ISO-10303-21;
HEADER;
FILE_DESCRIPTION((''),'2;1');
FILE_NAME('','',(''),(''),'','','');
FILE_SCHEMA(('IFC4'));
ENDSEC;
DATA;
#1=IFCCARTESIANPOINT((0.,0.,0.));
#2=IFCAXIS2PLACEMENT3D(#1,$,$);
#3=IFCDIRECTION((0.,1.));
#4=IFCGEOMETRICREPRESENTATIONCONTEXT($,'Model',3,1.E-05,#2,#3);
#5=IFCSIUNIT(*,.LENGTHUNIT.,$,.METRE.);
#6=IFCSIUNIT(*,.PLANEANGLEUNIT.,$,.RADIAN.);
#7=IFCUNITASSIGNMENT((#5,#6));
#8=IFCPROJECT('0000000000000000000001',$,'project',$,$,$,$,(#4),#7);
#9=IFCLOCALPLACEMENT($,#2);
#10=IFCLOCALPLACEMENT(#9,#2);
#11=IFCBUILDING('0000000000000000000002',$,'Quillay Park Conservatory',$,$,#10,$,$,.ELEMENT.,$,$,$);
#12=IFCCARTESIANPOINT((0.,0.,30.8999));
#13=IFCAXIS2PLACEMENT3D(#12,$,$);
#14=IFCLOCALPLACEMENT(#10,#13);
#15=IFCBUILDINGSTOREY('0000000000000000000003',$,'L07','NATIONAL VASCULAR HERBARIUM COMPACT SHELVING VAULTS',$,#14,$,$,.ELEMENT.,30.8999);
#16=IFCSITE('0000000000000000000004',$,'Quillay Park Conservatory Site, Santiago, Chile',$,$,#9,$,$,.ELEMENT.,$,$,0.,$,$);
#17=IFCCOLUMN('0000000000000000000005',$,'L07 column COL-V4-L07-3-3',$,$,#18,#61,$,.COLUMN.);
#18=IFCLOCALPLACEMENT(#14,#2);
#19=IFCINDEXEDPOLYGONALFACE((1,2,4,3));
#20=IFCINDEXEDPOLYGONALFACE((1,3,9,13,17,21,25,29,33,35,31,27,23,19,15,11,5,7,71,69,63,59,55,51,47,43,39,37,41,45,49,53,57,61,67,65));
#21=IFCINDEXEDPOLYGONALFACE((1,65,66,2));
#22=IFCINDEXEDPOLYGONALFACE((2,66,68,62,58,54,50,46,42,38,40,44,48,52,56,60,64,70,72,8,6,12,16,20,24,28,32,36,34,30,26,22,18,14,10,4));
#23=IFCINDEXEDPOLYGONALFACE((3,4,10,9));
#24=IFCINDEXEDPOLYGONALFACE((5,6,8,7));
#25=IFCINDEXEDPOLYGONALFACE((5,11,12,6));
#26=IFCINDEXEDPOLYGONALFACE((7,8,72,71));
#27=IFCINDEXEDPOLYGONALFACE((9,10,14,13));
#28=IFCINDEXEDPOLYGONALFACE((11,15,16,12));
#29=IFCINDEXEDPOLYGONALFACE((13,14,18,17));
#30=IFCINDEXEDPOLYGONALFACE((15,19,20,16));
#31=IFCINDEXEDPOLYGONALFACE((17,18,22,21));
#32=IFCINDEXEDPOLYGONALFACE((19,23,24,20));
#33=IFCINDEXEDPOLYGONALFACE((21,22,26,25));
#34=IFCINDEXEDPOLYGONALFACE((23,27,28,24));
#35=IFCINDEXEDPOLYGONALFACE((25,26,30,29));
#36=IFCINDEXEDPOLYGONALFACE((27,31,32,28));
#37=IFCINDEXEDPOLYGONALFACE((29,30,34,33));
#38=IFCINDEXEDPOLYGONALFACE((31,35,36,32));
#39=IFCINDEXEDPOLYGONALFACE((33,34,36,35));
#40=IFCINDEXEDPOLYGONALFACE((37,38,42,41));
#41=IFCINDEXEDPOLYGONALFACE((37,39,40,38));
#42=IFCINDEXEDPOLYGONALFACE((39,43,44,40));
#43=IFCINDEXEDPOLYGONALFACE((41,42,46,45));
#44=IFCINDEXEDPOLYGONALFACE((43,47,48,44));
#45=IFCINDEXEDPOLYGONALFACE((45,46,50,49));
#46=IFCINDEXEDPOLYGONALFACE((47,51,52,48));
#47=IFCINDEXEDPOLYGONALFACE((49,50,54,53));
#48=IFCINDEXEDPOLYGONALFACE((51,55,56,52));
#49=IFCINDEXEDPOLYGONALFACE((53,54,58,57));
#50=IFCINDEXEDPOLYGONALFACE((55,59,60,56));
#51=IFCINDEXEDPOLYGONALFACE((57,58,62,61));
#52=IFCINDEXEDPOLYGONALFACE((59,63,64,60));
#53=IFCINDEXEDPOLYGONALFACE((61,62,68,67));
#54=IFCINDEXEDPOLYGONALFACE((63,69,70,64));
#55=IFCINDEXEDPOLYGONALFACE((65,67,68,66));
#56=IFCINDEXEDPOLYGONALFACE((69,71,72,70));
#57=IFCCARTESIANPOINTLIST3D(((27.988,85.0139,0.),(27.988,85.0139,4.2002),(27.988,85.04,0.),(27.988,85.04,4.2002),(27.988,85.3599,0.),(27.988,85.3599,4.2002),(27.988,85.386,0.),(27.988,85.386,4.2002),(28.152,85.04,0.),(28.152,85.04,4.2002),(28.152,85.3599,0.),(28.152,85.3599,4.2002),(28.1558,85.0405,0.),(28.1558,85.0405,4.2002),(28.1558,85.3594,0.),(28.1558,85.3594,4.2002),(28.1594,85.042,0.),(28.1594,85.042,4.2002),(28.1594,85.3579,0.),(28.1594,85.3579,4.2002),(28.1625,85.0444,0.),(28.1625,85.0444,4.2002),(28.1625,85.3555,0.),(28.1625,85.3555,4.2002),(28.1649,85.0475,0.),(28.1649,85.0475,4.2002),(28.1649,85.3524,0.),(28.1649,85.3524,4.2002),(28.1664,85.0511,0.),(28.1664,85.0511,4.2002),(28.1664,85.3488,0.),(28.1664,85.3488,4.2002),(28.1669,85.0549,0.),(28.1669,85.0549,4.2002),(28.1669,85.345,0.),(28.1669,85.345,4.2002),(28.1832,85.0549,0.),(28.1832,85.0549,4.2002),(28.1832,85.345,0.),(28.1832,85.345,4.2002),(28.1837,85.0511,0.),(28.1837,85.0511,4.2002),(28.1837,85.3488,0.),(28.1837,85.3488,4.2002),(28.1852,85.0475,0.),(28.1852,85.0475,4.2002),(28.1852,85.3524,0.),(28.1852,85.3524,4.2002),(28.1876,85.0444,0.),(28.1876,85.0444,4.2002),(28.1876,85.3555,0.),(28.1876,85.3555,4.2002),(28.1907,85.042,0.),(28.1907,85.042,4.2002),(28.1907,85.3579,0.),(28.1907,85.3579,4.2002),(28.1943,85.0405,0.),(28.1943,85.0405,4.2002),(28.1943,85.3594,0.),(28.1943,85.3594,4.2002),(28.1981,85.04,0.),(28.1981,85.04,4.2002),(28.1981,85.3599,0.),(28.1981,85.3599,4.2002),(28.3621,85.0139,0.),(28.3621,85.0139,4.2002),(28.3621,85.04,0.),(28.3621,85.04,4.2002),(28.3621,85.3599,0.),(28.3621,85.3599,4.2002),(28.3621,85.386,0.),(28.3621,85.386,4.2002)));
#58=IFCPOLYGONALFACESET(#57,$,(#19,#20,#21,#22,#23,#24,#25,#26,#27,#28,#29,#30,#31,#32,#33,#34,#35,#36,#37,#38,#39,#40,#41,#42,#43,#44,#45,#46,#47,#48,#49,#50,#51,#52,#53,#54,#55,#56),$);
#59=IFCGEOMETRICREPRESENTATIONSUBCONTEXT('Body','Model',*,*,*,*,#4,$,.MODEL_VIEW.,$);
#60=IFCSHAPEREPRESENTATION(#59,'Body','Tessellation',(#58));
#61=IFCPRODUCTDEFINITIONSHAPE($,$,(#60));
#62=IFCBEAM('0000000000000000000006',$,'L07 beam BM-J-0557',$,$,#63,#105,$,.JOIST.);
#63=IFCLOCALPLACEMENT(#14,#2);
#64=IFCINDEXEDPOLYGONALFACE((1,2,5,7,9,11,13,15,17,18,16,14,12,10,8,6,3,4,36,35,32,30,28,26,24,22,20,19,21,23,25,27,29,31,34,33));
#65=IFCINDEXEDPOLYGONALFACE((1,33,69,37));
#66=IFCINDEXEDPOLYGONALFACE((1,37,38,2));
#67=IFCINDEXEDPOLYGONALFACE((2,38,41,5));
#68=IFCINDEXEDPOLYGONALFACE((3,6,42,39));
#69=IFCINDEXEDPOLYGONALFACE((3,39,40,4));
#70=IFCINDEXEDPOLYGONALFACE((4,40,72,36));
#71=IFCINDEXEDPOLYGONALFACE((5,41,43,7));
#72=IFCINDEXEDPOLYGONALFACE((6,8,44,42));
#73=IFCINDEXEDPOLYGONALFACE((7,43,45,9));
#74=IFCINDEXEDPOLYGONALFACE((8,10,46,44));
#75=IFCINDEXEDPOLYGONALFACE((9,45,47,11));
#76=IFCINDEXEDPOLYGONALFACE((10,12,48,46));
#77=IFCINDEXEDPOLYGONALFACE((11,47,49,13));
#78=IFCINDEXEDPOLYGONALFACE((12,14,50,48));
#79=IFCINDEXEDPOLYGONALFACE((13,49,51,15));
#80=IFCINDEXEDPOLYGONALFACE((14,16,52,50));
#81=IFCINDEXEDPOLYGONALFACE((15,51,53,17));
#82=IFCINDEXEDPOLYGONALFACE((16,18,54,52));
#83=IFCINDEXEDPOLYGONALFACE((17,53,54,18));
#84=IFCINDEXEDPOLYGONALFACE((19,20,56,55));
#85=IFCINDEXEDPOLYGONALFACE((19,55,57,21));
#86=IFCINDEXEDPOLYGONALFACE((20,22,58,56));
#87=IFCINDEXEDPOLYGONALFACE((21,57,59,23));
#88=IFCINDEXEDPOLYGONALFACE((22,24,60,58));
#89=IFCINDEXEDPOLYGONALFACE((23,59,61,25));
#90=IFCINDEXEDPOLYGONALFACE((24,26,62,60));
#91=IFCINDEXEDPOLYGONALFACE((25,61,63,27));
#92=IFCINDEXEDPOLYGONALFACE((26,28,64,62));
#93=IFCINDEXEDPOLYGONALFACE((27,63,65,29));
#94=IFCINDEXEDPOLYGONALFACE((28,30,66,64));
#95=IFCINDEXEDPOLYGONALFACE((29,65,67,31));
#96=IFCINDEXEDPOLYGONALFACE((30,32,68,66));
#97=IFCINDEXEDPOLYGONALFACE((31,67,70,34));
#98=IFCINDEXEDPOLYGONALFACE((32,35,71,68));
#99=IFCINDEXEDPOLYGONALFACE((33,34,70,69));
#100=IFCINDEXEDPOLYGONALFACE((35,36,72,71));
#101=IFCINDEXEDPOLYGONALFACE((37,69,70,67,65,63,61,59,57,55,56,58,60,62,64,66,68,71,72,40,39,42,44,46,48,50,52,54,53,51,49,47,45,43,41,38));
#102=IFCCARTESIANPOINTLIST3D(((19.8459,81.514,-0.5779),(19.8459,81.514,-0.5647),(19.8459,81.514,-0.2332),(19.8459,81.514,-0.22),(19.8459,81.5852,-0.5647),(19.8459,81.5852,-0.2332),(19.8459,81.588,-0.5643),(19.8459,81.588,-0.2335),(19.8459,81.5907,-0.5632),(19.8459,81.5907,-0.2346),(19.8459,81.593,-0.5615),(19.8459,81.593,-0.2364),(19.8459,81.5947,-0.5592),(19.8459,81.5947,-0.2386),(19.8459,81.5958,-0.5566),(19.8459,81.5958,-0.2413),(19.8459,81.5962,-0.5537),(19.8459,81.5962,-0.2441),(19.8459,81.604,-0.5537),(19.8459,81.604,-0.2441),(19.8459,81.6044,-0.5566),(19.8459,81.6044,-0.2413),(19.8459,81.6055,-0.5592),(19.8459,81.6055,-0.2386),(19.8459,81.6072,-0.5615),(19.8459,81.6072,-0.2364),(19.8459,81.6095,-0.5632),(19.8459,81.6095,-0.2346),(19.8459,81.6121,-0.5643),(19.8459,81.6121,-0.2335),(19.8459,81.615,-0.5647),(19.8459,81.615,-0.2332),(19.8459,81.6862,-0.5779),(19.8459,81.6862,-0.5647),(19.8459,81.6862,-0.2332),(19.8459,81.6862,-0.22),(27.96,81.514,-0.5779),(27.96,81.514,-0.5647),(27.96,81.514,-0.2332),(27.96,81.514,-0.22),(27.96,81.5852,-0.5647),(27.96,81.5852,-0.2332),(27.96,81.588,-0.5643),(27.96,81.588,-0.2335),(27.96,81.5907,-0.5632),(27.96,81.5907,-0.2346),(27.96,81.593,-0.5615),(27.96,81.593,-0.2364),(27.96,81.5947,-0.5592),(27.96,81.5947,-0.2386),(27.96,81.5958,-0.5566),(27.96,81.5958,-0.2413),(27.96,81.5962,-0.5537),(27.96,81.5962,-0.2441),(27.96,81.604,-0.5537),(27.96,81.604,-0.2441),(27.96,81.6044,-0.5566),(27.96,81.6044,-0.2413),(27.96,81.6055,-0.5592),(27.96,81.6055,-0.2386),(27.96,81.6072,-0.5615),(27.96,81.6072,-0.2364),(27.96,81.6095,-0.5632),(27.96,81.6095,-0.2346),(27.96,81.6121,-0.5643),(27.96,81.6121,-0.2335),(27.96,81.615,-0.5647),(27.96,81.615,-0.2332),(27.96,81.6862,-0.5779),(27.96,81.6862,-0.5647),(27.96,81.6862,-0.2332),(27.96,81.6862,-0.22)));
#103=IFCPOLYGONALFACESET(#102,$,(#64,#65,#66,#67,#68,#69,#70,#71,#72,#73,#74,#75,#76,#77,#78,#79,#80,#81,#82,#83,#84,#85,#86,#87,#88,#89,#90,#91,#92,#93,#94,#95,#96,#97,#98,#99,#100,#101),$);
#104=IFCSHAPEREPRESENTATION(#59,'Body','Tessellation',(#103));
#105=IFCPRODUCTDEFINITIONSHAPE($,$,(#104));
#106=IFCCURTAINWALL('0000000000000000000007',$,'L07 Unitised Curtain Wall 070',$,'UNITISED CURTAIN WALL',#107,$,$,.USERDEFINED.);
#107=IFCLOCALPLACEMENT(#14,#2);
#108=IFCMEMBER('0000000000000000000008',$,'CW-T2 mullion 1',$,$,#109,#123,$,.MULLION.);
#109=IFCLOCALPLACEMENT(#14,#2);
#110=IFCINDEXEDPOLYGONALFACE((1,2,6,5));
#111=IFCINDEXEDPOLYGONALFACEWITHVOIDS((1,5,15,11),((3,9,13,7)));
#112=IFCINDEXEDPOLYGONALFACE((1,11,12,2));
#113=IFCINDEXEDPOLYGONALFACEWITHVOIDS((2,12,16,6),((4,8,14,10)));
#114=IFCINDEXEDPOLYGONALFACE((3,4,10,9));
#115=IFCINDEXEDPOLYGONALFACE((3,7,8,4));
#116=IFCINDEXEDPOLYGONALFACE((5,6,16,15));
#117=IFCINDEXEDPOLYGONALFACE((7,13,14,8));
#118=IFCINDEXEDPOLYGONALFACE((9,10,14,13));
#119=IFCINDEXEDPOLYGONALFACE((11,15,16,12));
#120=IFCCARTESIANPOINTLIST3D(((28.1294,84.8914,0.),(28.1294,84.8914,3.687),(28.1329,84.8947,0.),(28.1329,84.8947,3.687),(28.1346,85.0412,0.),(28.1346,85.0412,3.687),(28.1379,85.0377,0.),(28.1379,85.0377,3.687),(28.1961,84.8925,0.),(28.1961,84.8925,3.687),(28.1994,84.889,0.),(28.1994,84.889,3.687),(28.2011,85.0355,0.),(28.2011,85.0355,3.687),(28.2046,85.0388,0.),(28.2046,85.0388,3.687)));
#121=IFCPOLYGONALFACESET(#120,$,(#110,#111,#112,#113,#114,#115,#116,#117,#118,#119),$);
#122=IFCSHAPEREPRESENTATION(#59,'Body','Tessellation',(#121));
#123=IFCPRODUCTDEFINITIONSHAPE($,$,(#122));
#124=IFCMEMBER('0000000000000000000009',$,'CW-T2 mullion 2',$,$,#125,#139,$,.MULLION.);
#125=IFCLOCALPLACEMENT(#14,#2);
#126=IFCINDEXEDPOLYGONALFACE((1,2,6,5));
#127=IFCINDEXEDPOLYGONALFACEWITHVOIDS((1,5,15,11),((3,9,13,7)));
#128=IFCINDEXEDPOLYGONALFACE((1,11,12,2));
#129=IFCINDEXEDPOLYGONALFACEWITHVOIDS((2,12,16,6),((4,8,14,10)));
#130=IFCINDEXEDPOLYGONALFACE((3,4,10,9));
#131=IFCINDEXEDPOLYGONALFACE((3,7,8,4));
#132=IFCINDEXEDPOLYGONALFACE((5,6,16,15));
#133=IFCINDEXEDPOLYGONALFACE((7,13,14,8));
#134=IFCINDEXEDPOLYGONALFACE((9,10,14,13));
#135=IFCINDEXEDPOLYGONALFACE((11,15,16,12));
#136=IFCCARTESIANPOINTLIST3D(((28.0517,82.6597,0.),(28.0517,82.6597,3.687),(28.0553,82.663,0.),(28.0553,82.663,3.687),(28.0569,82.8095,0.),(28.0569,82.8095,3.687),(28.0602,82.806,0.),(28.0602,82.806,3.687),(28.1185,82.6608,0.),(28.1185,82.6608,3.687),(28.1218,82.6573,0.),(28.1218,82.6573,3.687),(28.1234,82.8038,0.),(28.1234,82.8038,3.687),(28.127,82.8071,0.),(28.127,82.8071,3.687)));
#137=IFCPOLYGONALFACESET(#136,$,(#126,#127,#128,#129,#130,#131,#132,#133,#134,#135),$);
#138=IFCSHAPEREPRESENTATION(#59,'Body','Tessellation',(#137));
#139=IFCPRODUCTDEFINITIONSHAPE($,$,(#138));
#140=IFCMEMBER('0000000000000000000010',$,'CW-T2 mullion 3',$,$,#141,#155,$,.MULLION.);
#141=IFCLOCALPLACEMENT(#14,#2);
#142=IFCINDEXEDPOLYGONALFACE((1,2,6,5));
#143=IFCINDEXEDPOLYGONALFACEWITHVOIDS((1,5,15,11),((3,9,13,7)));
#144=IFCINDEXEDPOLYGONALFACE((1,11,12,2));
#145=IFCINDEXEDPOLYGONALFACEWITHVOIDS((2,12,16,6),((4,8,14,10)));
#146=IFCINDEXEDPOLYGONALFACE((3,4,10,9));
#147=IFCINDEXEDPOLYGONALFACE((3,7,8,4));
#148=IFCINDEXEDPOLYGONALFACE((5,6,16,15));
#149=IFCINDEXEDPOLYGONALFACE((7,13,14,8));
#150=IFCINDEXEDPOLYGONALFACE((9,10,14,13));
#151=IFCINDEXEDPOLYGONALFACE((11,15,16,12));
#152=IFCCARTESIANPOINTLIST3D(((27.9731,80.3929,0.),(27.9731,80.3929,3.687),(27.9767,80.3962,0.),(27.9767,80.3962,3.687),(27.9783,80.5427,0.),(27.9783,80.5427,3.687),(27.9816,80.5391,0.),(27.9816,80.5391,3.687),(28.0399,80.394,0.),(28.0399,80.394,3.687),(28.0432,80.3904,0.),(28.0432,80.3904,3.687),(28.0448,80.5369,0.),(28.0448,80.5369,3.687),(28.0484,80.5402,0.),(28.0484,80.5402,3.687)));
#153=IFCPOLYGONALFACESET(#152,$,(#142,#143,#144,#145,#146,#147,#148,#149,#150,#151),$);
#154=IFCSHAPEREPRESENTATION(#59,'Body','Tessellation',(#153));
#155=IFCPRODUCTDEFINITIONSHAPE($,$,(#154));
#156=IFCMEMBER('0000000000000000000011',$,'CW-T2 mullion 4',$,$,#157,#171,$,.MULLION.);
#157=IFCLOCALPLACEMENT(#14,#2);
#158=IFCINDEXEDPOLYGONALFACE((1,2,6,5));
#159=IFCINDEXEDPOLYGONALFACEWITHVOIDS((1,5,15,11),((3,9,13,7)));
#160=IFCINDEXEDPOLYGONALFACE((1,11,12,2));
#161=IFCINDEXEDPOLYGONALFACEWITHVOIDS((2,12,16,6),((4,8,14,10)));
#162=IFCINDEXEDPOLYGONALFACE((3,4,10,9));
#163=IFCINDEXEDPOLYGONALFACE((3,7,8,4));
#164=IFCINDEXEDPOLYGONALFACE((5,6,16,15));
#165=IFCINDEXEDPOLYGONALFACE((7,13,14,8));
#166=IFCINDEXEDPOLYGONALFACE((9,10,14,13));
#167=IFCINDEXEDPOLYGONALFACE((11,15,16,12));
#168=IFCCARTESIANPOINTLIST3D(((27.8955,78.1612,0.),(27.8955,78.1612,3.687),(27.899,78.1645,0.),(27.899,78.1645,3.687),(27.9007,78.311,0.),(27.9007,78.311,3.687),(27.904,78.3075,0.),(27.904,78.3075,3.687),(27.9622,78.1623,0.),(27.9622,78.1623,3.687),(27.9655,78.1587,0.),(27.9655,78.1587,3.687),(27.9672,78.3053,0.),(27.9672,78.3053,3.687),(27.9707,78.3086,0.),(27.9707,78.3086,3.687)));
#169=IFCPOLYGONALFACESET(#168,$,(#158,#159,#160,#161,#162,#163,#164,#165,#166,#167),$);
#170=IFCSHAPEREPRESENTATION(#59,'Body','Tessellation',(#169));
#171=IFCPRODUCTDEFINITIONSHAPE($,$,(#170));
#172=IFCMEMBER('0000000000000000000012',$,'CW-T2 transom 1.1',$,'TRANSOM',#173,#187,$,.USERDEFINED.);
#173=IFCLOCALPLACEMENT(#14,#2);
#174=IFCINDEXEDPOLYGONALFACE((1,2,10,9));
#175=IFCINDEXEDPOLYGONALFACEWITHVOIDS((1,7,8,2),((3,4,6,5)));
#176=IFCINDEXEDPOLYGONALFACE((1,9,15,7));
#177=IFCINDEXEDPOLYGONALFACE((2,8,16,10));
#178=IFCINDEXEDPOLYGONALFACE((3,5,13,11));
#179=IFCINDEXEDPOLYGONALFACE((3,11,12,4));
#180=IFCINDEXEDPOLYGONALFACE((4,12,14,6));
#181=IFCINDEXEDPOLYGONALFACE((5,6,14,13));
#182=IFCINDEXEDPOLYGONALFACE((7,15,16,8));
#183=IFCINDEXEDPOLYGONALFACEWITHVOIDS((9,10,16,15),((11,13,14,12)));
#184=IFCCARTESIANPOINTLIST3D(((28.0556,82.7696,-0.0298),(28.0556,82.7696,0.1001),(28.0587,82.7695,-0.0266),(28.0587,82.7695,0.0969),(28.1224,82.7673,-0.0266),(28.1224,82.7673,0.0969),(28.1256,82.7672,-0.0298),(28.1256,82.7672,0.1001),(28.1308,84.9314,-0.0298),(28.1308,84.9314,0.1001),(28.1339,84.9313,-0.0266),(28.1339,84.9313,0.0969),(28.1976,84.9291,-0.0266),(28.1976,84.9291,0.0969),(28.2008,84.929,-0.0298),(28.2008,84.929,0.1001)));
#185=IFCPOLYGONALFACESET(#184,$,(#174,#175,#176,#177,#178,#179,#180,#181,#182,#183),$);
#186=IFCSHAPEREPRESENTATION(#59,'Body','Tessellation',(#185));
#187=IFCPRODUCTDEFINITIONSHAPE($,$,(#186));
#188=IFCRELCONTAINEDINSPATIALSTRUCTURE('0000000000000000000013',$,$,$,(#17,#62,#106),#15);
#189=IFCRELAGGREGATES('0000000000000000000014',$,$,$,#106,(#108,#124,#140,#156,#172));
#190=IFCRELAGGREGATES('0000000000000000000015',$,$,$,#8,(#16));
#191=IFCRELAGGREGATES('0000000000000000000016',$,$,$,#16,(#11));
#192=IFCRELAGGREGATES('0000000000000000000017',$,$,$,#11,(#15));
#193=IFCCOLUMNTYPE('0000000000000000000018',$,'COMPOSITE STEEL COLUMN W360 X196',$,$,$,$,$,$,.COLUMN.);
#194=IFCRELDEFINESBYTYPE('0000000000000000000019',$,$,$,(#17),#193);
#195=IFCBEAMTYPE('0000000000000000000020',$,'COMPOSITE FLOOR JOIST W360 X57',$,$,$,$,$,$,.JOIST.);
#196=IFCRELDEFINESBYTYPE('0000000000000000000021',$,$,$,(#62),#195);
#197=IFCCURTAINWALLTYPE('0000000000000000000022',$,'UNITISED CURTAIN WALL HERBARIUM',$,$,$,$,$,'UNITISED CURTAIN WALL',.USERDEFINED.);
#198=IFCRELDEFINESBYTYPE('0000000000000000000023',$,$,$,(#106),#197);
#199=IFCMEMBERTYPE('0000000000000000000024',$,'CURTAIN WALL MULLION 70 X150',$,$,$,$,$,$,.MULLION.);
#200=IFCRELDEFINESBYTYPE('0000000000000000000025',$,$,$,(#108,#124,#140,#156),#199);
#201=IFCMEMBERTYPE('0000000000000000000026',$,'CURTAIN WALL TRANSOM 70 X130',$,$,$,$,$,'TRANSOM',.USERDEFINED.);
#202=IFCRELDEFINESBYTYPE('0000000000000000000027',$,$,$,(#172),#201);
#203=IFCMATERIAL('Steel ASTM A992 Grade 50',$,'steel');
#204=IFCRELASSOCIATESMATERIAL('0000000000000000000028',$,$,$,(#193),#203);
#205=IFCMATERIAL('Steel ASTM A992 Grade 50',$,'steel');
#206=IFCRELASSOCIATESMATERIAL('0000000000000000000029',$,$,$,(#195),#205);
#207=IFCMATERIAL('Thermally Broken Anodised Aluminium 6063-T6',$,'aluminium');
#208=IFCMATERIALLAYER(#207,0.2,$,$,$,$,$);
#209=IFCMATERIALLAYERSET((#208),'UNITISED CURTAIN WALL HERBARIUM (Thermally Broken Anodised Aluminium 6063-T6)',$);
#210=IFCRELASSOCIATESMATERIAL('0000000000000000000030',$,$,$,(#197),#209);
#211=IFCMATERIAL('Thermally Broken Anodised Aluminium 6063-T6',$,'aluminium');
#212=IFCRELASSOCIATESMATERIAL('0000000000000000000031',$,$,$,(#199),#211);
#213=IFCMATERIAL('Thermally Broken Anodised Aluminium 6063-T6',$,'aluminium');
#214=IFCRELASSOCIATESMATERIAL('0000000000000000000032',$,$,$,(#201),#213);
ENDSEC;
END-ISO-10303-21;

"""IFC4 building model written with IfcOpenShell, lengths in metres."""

from ifc_helpers import new_model, si_unit, direction, frame, origin, origin_2d, place, context, subcontext, project, spatial, hollow_rectangle, i_section, extrude, material, layer, layer_set, material_profile, profile_set, type_object, element, aggregate, save


model = new_model("IFC4")

# Units and contexts
model_context = context("Model", 3, precision=1e-05, world=origin(), true_north=direction((0.0, 1.0)))
body_context = subcontext(model_context, "Body", "Model", "MODEL_VIEW")
ifc_project = project(units=[si_unit("LENGTHUNIT", "METRE"), si_unit("PLANEANGLEUNIT", "RADIAN")], contexts=[model_context])

# Site, building, storey
site_placement = place(None, origin())
site = spatial("IfcSite", under=ifc_project, at=site_placement, Name="Quillay Park Conservatory Site, Santiago, Chile", CompositionType="ELEMENT", RefElevation=0.0)
building_placement = place(site_placement, origin())
building = spatial("IfcBuilding", under=site, at=building_placement, Name="Quillay Park Conservatory", CompositionType="ELEMENT")
storey_placement = place(building_placement, frame((0.0, 0.0, 30.8999)))
storey = spatial("IfcBuildingStorey", under=building, at=storey_placement, Name="L07", Description="NATIONAL VASCULAR HERBARIUM COMPACT SHELVING VAULTS", CompositionType="ELEMENT", Elevation=30.8999)

# Column
ifc_material_1 = material(Name="Steel ASTM A992 Grade 50", Category="steel")
ifc_material_profile_1 = material_profile(ifc_material_1, i_section(OverallWidth=0.374, OverallDepth=0.3721, WebThickness=0.0164, FlangeThickness=0.0261, FilletRadius=0.0149, at=origin_2d()), Name="W360x196")
ifc_profile_set_1 = profile_set([ifc_material_profile_1], Name="Steel ASTM A992 Grade 50")
column_type = type_object("IfcColumnType", Name="COMPOSITE STEEL COLUMN W360 X196", PredefinedType="COLUMN", material=ifc_profile_set_1)
column_placement = place(storey_placement, frame((28.175, 85.2, 0.0), z_axis=(0.0, 0.0, 1.0), x_axis=(1.0, 0.0, 0.0)))
element("IfcColumn", 1, at=column_placement, inside=storey, type_object=column_type, Name="L07 column COL-V4-L07-3-3", PredefinedType="COLUMN", context=body_context, shape_type="SweptSolid", body=[
    extrude(i_section(OverallWidth=0.374, OverallDepth=0.3721, WebThickness=0.0164, FlangeThickness=0.0261, FilletRadius=0.0149, at=origin_2d()), origin(), (0.0, 0.0, 1.0), 4.2002),
])

# Beam
ifc_material_2 = material(Name="Steel ASTM A992 Grade 50", Category="steel")
ifc_material_profile_2 = material_profile(ifc_material_2, i_section(OverallWidth=0.1721, OverallDepth=0.3579, WebThickness=0.0078, FlangeThickness=0.0132, FilletRadius=0.011, at=origin_2d()), Name="W360x57")
ifc_profile_set_2 = profile_set([ifc_material_profile_2], Name="Steel ASTM A992 Grade 50")
beam_type_1 = type_object("IfcBeamType", Name="COMPOSITE FLOOR JOIST W360 X57", PredefinedType="JOIST", material=ifc_profile_set_2)
beam_1_placement = place(storey_placement, frame((19.8459, 81.6001, -0.3989), z_axis=(1.0, 0.0, 0.0), x_axis=(0.0, 1.0, 0.0)))
element("IfcBeam", 2, at=beam_1_placement, inside=storey, type_object=beam_type_1, Name="L07 beam BM-J-0557", PredefinedType="JOIST", context=body_context, shape_type="SweptSolid", body=[
    extrude(i_section(OverallWidth=0.1721, OverallDepth=0.3579, WebThickness=0.0078, FlangeThickness=0.0132, FilletRadius=0.011, at=origin_2d()), origin(), (0.0, 0.0, 1.0), 8.114),
])

# Curtain wall, members
ifc_material_3 = material(Name="Thermally Broken Anodised Aluminium 6063-T6", Category="aluminium")
ifc_layer_1 = layer(ifc_material_3, 0.2)
ifc_layer_set_1 = layer_set([ifc_layer_1], Name="UNITISED CURTAIN WALL HERBARIUM (Thermally Broken Anodised Aluminium 6063-T6)")
curtain_wall_type = type_object("IfcCurtainWallType", Name="UNITISED CURTAIN WALL HERBARIUM", ElementType="UNITISED CURTAIN WALL", PredefinedType="USERDEFINED", material=ifc_layer_set_1)
curtain_wall_placement = place(storey_placement, origin())
curtain_wall = element("IfcCurtainWall", 3, at=curtain_wall_placement, inside=storey, type_object=curtain_wall_type, Name="L07 Unitised Curtain Wall 070", ObjectType="UNITISED CURTAIN WALL", PredefinedType="USERDEFINED")
ifc_material_4 = material(Name="Thermally Broken Anodised Aluminium 6063-T6", Category="aluminium")
ifc_material_profile_3 = material_profile(ifc_material_4, hollow_rectangle(XDim=0.0701, YDim=0.1499, WallThickness=0.0034, at=origin_2d()), Name="AL70x150x3.5")
ifc_profile_set_3 = profile_set([ifc_material_profile_3], Name="Thermally Broken Anodised Aluminium 6063-T6")
member_type_1 = type_object("IfcMemberType", Name="CURTAIN WALL MULLION 70 X150", PredefinedType="MULLION", material=ifc_profile_set_3)
member_1_placement = place(storey_placement, frame((28.167, 84.9651, 0.0), z_axis=(0.0, 0.0, 1.0), x_axis=(0.999397, -0.034713, 0.0)))
member_1 = element("IfcMember", 4, at=member_1_placement, type_object=member_type_1, Name="CW-T2 mullion 1", PredefinedType="MULLION", context=body_context, shape_type="SweptSolid", body=[
    extrude(hollow_rectangle(XDim=0.0701, YDim=0.1499, WallThickness=0.0034, at=origin_2d()), origin(), (0.0, 0.0, 1.0), 3.687),
])
member_2_placement = place(storey_placement, frame((28.0894, 82.7334, 0.0), z_axis=(0.0, 0.0, 1.0), x_axis=(0.999397, -0.034713, 0.0)))
member_2 = element("IfcMember", 5, at=member_2_placement, type_object=member_type_1, Name="CW-T2 mullion 2", PredefinedType="MULLION", context=body_context, shape_type="SweptSolid", body=[
    extrude(hollow_rectangle(XDim=0.0701, YDim=0.1499, WallThickness=0.0034, at=origin_2d()), origin(), (0.0, 0.0, 1.0), 3.687),
])
member_3_placement = place(storey_placement, frame((28.0107, 80.4666, 0.0), z_axis=(0.0, 0.0, 1.0), x_axis=(0.999397, -0.034713, 0.0)))
member_3 = element("IfcMember", 6, at=member_3_placement, type_object=member_type_1, Name="CW-T2 mullion 3", PredefinedType="MULLION", context=body_context, shape_type="SweptSolid", body=[
    extrude(hollow_rectangle(XDim=0.0701, YDim=0.1499, WallThickness=0.0034, at=origin_2d()), origin(), (0.0, 0.0, 1.0), 3.687),
])
member_4_placement = place(storey_placement, frame((27.9331, 78.2349, 0.0), z_axis=(0.0, 0.0, 1.0), x_axis=(0.999397, -0.034713, 0.0)))
member_4 = element("IfcMember", 7, at=member_4_placement, type_object=member_type_1, Name="CW-T2 mullion 4", PredefinedType="MULLION", context=body_context, shape_type="SweptSolid", body=[
    extrude(hollow_rectangle(XDim=0.0701, YDim=0.1499, WallThickness=0.0034, at=origin_2d()), origin(), (0.0, 0.0, 1.0), 3.687),
])
ifc_material_5 = material(Name="Thermally Broken Anodised Aluminium 6063-T6", Category="aluminium")
ifc_material_profile_4 = material_profile(ifc_material_5, hollow_rectangle(XDim=0.0701, YDim=0.1299, WallThickness=0.0032, at=origin_2d()), Name="AL70x130x3.2")
ifc_profile_set_4 = profile_set([ifc_material_profile_4], Name="Thermally Broken Anodised Aluminium 6063-T6")
member_type_2 = type_object("IfcMemberType", Name="CURTAIN WALL TRANSOM 70 X130", ElementType="TRANSOM", PredefinedType="USERDEFINED", material=ifc_profile_set_4)
member_5_placement = place(storey_placement, frame((28.1658, 84.9302, 0.0352), z_axis=(-0.034762, -0.999396, 0.0), x_axis=(0.999396, -0.034762, 0.0)))
member_5 = element("IfcMember", 8, at=member_5_placement, type_object=member_type_2, Name="CW-T2 transom 1.1", ObjectType="TRANSOM", PredefinedType="USERDEFINED", context=body_context, shape_type="SweptSolid", body=[
    extrude(hollow_rectangle(XDim=0.0701, YDim=0.1299, WallThickness=0.0032, at=origin_2d()), origin(), (0.0, 0.0, 1.0), 2.1631),
])

aggregate(curtain_wall, [member_1, member_2, member_3, member_4, member_5])

save(model, "model.ifc")
